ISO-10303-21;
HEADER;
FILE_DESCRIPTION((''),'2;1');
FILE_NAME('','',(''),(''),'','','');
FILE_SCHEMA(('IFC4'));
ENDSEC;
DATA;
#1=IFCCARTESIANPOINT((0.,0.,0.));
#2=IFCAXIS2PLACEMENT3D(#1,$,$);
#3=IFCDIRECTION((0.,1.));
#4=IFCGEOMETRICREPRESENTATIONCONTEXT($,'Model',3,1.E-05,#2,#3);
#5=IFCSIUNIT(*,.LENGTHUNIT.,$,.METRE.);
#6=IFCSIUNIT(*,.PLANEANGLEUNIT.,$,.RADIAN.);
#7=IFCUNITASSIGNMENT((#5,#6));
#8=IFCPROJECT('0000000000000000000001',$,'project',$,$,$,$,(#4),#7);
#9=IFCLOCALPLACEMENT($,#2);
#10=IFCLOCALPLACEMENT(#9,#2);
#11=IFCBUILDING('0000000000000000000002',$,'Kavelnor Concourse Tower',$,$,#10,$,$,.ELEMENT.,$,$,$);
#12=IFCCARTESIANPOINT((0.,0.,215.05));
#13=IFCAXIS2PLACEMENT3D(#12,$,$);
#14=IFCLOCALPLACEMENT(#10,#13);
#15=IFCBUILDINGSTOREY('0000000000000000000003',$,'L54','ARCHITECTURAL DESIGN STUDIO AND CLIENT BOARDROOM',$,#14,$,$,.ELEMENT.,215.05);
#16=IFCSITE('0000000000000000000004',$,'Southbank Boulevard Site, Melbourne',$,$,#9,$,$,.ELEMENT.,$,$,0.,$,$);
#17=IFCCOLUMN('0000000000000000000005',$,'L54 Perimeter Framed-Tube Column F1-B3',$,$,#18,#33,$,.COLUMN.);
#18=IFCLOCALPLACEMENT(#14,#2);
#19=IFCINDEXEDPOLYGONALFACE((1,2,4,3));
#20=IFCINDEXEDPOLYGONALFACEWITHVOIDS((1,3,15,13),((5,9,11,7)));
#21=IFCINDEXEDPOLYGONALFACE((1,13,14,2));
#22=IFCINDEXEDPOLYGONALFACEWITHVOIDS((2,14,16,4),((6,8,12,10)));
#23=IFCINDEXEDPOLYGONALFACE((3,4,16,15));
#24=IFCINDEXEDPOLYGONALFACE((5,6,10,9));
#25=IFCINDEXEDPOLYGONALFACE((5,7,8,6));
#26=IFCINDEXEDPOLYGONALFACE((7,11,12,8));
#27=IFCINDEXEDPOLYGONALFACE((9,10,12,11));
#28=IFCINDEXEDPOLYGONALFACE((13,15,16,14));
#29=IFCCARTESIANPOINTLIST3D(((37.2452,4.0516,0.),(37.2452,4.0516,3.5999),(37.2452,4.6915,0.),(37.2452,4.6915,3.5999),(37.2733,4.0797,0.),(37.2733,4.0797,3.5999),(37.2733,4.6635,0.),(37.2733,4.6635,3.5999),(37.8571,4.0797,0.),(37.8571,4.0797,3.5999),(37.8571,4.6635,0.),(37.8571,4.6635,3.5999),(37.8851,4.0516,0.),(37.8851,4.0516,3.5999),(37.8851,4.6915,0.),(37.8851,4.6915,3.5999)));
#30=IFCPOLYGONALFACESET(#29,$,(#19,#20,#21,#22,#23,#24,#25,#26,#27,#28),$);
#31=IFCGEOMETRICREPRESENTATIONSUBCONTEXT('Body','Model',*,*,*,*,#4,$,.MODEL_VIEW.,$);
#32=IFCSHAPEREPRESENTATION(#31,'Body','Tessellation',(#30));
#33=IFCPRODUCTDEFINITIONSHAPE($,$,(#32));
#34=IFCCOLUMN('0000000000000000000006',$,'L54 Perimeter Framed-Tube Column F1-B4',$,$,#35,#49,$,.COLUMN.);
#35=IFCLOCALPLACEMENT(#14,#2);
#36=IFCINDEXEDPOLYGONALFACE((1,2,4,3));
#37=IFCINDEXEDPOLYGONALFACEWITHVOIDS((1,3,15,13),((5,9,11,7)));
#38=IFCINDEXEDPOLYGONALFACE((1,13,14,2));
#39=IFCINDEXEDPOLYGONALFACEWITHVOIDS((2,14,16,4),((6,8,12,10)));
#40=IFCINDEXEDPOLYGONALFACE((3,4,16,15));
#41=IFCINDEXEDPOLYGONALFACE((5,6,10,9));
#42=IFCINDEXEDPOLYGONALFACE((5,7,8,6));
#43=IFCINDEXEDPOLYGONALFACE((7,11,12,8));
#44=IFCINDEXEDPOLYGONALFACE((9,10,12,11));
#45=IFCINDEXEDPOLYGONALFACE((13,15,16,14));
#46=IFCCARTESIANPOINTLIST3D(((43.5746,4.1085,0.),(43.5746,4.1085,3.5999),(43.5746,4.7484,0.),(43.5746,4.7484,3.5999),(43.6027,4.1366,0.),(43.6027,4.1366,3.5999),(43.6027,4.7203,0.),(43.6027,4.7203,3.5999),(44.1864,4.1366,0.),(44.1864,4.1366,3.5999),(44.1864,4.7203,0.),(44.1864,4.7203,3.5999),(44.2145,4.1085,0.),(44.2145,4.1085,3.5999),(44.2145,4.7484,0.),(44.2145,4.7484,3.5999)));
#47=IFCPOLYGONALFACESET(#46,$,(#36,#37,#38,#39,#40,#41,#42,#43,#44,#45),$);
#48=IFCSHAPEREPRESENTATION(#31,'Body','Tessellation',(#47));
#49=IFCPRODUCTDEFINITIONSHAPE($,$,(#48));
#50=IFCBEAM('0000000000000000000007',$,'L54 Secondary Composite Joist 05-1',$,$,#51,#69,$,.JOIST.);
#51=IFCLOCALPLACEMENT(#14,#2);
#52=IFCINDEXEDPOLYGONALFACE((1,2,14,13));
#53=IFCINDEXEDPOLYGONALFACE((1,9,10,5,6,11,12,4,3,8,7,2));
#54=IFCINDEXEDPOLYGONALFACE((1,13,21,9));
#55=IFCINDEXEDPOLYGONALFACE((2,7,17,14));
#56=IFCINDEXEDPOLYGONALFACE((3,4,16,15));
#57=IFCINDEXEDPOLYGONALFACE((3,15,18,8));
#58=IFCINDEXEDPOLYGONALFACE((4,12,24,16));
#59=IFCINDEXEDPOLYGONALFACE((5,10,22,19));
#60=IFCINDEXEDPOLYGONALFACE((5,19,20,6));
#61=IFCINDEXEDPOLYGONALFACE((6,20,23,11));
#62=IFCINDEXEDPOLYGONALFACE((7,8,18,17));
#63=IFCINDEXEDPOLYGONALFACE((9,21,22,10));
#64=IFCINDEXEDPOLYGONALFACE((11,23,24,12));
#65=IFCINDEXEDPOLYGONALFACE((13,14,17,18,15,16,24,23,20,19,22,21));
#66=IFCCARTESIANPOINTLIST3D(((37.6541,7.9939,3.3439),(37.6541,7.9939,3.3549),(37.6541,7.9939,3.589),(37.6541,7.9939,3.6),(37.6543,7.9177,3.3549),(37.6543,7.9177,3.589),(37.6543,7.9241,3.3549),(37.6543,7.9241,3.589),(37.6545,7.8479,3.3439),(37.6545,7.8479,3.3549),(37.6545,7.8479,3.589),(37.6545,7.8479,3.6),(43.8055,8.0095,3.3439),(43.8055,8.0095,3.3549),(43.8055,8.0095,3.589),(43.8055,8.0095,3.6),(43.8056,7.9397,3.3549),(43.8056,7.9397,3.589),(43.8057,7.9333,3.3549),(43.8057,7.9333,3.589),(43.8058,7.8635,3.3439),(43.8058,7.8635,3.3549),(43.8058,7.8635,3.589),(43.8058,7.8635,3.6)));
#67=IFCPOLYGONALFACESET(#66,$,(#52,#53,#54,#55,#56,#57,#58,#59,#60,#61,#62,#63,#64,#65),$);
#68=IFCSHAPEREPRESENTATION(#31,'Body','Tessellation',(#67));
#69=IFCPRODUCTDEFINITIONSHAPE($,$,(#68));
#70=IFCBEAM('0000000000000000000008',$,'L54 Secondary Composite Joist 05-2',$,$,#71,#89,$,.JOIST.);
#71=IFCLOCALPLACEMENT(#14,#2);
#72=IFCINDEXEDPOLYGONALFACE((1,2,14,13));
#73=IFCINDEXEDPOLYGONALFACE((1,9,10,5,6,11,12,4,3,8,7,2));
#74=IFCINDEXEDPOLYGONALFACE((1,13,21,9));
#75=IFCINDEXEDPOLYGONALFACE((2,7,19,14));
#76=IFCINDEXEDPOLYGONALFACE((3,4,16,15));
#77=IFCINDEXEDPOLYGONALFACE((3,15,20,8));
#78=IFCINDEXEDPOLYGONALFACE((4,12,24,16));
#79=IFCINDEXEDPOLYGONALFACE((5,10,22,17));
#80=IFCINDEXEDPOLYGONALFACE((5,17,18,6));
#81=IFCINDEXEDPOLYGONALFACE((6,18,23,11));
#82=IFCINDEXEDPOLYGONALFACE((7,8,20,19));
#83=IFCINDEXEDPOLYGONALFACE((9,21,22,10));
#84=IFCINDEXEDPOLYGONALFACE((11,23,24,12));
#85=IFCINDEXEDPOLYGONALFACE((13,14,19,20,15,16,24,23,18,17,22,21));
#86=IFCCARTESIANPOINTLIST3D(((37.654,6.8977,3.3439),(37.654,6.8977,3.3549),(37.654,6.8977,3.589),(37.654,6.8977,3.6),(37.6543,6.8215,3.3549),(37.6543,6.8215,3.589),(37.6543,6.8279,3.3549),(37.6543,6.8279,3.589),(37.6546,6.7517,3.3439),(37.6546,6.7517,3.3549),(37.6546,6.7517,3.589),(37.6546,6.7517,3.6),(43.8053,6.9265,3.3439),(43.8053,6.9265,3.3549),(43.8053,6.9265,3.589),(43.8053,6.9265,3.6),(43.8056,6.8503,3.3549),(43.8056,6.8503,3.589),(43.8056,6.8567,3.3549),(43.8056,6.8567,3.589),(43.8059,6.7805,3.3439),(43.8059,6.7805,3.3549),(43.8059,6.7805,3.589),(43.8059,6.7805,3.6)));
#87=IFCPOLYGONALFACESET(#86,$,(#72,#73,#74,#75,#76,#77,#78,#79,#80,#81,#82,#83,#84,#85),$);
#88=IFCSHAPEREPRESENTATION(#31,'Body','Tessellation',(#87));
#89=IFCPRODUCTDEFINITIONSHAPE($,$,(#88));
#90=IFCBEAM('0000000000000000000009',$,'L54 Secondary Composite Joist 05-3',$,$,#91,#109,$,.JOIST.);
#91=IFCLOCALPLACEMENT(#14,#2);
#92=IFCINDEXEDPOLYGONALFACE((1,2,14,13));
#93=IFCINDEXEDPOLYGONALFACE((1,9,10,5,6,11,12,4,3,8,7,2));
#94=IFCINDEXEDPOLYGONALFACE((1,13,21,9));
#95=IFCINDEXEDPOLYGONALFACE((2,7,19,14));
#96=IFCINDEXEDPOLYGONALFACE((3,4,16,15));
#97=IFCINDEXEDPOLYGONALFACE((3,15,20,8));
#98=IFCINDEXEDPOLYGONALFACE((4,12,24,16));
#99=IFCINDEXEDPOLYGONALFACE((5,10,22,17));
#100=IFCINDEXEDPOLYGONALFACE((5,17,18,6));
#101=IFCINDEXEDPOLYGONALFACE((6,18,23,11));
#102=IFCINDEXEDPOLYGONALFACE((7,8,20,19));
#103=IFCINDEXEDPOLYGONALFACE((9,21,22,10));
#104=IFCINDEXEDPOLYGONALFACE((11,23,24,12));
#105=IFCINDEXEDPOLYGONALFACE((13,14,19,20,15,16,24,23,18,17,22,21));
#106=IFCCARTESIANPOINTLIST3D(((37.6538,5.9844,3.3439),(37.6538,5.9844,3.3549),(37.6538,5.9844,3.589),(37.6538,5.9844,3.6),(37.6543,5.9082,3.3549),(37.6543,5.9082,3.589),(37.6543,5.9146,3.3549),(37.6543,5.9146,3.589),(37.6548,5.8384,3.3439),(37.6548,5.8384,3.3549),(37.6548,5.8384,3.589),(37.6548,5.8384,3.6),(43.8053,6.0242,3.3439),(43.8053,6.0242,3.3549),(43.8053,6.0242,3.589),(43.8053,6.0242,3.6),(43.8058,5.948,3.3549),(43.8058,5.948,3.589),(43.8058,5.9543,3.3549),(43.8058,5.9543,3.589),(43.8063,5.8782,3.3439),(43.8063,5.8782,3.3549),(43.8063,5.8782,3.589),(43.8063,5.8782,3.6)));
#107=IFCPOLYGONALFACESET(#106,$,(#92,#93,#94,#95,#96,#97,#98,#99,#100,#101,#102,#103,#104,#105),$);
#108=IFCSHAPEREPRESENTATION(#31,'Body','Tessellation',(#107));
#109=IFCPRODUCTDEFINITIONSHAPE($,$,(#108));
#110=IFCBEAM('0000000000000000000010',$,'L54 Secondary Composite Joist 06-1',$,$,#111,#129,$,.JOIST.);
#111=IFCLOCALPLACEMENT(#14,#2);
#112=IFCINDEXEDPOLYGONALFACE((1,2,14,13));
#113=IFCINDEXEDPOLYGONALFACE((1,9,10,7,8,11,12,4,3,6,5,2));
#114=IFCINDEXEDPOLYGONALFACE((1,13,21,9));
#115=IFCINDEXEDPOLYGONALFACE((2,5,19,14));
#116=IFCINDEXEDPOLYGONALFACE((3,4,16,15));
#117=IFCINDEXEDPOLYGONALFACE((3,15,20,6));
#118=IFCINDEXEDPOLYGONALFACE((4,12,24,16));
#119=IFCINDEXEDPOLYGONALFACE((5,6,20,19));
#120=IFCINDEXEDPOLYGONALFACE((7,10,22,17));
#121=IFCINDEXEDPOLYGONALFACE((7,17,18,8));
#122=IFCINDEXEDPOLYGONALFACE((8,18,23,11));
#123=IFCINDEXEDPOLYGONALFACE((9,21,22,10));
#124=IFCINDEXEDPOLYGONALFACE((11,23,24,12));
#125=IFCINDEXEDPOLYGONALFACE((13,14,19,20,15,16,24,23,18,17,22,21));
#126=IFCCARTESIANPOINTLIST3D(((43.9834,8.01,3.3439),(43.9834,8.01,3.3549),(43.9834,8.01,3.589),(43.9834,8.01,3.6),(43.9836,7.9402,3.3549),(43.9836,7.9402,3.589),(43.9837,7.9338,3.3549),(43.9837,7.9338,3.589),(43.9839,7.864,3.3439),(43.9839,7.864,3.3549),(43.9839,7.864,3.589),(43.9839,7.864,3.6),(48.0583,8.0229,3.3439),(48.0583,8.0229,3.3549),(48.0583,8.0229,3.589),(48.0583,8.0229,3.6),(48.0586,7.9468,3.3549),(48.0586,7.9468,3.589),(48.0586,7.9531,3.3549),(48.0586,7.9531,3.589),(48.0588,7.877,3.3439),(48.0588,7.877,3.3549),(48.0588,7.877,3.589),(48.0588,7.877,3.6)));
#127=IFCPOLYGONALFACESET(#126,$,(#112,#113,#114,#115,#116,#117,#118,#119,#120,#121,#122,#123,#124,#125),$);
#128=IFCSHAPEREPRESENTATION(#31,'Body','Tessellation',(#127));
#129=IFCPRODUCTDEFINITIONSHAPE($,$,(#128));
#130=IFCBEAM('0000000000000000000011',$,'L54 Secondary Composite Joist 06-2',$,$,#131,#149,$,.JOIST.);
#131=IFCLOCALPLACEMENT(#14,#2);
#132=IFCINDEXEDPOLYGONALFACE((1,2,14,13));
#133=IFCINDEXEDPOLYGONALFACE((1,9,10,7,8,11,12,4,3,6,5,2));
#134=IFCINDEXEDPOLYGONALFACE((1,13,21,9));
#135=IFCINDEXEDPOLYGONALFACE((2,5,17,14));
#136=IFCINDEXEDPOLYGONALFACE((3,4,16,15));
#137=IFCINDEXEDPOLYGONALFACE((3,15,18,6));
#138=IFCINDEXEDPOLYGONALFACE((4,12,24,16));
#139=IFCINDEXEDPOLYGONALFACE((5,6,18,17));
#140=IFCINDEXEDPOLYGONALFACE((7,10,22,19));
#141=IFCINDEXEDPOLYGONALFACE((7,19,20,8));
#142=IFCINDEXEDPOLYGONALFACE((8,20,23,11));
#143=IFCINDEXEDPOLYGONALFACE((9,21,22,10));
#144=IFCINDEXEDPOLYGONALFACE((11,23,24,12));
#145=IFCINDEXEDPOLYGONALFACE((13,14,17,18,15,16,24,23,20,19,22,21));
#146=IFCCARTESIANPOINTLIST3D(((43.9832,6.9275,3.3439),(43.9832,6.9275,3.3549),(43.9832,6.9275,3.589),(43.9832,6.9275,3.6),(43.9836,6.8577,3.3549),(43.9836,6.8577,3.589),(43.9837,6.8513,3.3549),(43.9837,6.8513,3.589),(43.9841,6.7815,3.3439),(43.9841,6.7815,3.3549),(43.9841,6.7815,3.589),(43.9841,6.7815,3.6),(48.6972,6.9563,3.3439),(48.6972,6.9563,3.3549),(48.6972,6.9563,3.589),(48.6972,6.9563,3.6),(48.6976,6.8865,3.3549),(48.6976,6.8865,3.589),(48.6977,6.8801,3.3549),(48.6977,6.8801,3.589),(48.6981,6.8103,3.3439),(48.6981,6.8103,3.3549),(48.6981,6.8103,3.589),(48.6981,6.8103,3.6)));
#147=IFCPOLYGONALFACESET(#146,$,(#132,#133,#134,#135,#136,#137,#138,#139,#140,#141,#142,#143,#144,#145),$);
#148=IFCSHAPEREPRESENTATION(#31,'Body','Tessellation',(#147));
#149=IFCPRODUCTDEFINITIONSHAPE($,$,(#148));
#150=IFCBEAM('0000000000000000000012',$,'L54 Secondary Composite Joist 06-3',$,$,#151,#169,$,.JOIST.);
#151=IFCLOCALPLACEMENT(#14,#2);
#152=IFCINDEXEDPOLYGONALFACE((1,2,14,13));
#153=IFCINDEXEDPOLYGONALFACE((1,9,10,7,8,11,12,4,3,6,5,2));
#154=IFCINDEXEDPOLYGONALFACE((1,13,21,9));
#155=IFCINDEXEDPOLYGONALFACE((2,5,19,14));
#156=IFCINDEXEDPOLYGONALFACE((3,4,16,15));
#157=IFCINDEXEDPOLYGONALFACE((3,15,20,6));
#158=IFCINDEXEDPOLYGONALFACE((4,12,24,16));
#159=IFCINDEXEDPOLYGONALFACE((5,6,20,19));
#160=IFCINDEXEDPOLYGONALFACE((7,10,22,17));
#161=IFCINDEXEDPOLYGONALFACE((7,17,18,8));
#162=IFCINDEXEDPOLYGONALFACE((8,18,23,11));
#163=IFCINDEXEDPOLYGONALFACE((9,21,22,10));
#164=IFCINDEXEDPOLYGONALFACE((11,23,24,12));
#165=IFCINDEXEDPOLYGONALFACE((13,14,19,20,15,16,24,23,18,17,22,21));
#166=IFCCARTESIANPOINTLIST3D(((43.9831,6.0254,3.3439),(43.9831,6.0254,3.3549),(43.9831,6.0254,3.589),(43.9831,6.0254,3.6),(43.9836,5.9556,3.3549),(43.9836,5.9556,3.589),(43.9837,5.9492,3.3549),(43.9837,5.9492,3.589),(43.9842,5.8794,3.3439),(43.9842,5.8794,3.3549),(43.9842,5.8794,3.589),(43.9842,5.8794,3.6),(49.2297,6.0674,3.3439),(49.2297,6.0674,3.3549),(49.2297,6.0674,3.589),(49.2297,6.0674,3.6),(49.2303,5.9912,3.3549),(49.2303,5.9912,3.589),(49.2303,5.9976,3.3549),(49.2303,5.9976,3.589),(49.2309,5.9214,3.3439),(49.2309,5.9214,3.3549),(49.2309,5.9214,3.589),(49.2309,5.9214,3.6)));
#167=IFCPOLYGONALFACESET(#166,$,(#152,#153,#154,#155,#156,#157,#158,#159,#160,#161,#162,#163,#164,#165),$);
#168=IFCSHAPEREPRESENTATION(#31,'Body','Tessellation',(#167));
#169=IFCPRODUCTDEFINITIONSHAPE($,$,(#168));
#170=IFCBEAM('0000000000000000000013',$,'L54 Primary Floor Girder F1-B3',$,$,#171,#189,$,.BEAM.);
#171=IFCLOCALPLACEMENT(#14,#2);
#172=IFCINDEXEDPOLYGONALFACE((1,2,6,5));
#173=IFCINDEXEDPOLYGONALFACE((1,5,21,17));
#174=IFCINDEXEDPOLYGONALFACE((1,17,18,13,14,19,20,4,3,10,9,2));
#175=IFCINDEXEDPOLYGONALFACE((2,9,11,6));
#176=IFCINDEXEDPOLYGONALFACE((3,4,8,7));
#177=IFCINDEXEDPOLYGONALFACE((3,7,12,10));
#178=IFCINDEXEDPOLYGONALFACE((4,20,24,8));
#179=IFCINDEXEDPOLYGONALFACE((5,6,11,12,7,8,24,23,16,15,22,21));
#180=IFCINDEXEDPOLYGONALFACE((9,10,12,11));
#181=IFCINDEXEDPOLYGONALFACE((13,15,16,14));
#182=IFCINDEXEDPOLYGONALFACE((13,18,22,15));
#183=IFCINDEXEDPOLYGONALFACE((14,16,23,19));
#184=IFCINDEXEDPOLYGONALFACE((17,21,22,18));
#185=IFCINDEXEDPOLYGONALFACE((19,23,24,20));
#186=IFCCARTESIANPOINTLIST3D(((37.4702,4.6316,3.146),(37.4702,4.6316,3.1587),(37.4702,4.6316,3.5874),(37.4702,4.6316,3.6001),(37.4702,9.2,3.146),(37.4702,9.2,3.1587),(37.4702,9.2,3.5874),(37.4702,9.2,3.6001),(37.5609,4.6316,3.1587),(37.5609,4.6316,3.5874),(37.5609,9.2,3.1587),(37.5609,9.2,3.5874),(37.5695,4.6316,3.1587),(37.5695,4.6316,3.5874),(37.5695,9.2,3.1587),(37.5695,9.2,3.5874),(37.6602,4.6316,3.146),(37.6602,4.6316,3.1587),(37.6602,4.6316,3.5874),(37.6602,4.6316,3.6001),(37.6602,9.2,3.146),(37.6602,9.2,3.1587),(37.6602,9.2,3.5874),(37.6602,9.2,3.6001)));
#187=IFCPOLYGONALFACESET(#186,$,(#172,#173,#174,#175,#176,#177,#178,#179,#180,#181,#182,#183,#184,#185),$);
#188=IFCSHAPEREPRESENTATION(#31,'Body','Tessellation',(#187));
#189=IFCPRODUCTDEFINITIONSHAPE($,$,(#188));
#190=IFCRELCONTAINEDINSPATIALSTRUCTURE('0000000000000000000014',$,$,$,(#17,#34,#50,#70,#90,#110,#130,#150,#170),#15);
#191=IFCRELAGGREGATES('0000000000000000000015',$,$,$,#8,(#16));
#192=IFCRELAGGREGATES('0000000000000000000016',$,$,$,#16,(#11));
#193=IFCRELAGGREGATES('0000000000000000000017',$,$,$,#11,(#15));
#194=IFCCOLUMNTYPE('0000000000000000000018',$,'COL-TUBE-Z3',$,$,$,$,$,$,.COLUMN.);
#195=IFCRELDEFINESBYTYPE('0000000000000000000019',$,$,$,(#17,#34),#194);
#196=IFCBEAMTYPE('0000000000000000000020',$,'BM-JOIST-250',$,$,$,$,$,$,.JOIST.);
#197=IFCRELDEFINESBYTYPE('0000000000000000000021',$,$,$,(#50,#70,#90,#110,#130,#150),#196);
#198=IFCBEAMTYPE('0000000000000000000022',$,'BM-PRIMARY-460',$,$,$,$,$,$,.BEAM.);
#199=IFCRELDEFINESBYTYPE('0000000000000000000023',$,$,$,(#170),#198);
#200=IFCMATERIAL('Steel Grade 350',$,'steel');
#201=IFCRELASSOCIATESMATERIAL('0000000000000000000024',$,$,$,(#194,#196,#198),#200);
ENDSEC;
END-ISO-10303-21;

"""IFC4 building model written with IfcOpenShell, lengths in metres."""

from ifc_helpers import new_model, si_unit, direction, frame, origin, origin_2d, place, context, subcontext, project, spatial, hollow_rectangle, i_section, extrude, material, material_profile, profile_set, type_object, element, save


model = new_model("IFC4")

# Units and contexts
model_context = context("Model", 3, precision=1e-05, world=origin(), true_north=direction((0.0, 1.0)))
body_context = subcontext(model_context, "Body", "Model", "MODEL_VIEW")
ifc_project = project(units=[si_unit("LENGTHUNIT", "METRE"), si_unit("PLANEANGLEUNIT", "RADIAN")], contexts=[model_context])

# Site, building, storey
site_placement = place(None, origin())
site = spatial("IfcSite", under=ifc_project, at=site_placement, Name="Southbank Boulevard Site, Melbourne", CompositionType="ELEMENT", RefElevation=0.0)
building_placement = place(site_placement, origin())
building = spatial("IfcBuilding", under=site, at=building_placement, Name="Kavelnor Concourse Tower", CompositionType="ELEMENT")
storey_placement = place(building_placement, frame((0.0, 0.0, 215.05)))
storey = spatial("IfcBuildingStorey", under=building, at=storey_placement, Name="L54", Description="ARCHITECTURAL DESIGN STUDIO AND CLIENT BOARDROOM", CompositionType="ELEMENT", Elevation=215.05)

# Columns
ifc_material_1 = material(Name="Steel Grade 350", Category="steel")
ifc_material_profile_1 = material_profile(ifc_material_1, hollow_rectangle(XDim=0.6399, YDim=0.6399, WallThickness=0.0281, at=origin_2d()), Name="SHS 640x640x28")
ifc_profile_set_1 = profile_set([ifc_material_profile_1], Name="Steel Grade 350")
column_type = type_object("IfcColumnType", Name="COL-TUBE-Z3", PredefinedType="COLUMN", material=ifc_profile_set_1)
for number, where, z_axis, x_axis, name in (
    (1, (37.5652, 4.3716, 0.0), (0.0, 0.0, 1.0), (1.0, 0.0, 0.0), "L54 Perimeter Framed-Tube Column F1-B3"),
    (2, (43.8945, 4.4285, 0.0), (0.0, 0.0, 1.0), (1.0, 0.0, 0.0), "L54 Perimeter Framed-Tube Column F1-B4"),
):
    element("IfcColumn", number, at=place(storey_placement, frame(where, z_axis=z_axis, x_axis=x_axis)), inside=storey, type_object=column_type, Name=name, PredefinedType="COLUMN", context=body_context, shape_type="SweptSolid", body=[
        extrude(hollow_rectangle(XDim=0.6399, YDim=0.6399, WallThickness=0.0281, at=origin_2d()), origin(), (0.0, 0.0, 1.0), 3.5999),
    ])

# Beams
ifc_material_profile_2 = material_profile(ifc_material_1, i_section(OverallWidth=0.146, OverallDepth=0.2561, WebThickness=0.0063, FlangeThickness=0.011, at=origin_2d()), Name="250UB37")
ifc_profile_set_2 = profile_set([ifc_material_profile_2], Name="Steel Grade 350")
beam_type_1 = type_object("IfcBeamType", Name="BM-JOIST-250", PredefinedType="JOIST", material=ifc_profile_set_2)
for number, where, z_axis, x_axis, name in (
    (3, (37.6543, 7.9209, 3.4719), (0.999997, 0.00254, 0.0), (-0.00254, 0.999997, 0.0), "L54 Secondary Composite Joist 05-1"),
    (4, (37.6543, 6.8247, 3.4719), (0.999989, 0.004683, 0.0), (-0.004683, 0.999989, 0.0), "L54 Secondary Composite Joist 05-2"),
):
    element("IfcBeam", number, at=place(storey_placement, frame(where, z_axis=z_axis, x_axis=x_axis)), inside=storey, type_object=beam_type_1, Name=name, PredefinedType="JOIST", context=body_context, shape_type="SweptSolid", body=[
        extrude(i_section(OverallWidth=0.146, OverallDepth=0.2561, WebThickness=0.0063, FlangeThickness=0.011, at=origin_2d()), origin(), (0.0, 0.0, 1.0), 6.1514),
    ])
beam_1_placement = place(storey_placement, frame((37.6543, 5.9114, 3.4719), z_axis=(0.999979, 0.006469, 0.0), x_axis=(-0.006469, 0.999979, 0.0)))
element("IfcBeam", 5, at=beam_1_placement, inside=storey, type_object=beam_type_1, Name="L54 Secondary Composite Joist 05-3", PredefinedType="JOIST", context=body_context, shape_type="SweptSolid", body=[
    extrude(i_section(OverallWidth=0.146, OverallDepth=0.2561, WebThickness=0.0063, FlangeThickness=0.011, at=origin_2d()), origin(), (0.0, 0.0, 1.0), 6.1516),
])
beam_2_placement = place(storey_placement, frame((43.9836, 7.937, 3.4719), z_axis=(0.999995, 0.003175, 0.0), x_axis=(-0.003175, 0.999995, 0.0)))
element("IfcBeam", 6, at=beam_2_placement, inside=storey, type_object=beam_type_1, Name="L54 Secondary Composite Joist 06-1", PredefinedType="JOIST", context=body_context, shape_type="SweptSolid", body=[
    extrude(i_section(OverallWidth=0.146, OverallDepth=0.2561, WebThickness=0.0063, FlangeThickness=0.011, at=origin_2d()), origin(), (0.0, 0.0, 1.0), 4.075),
])
beam_3_placement = place(storey_placement, frame((43.9836, 6.8545, 3.4719), z_axis=(0.999981, 0.006111, 0.0), x_axis=(-0.006111, 0.999981, 0.0)))
element("IfcBeam", 7, at=beam_3_placement, inside=storey, type_object=beam_type_1, Name="L54 Secondary Composite Joist 06-2", PredefinedType="JOIST", context=body_context, shape_type="SweptSolid", body=[
    extrude(i_section(OverallWidth=0.146, OverallDepth=0.2561, WebThickness=0.0063, FlangeThickness=0.011, at=origin_2d()), origin(), (0.0, 0.0, 1.0), 4.7141),
])
beam_4_placement = place(storey_placement, frame((43.9836, 5.9524, 3.4719), z_axis=(0.999968, 0.008003, 0.0), x_axis=(-0.008003, 0.999968, 0.0)))
element("IfcBeam", 8, at=beam_4_placement, inside=storey, type_object=beam_type_1, Name="L54 Secondary Composite Joist 06-3", PredefinedType="JOIST", context=body_context, shape_type="SweptSolid", body=[
    extrude(i_section(OverallWidth=0.146, OverallDepth=0.2561, WebThickness=0.0063, FlangeThickness=0.011, at=origin_2d()), origin(), (0.0, 0.0, 1.0), 5.2468),
])
ifc_material_profile_3 = material_profile(ifc_material_1, i_section(OverallWidth=0.1899, OverallDepth=0.4541, WebThickness=0.0085, FlangeThickness=0.0127, at=origin_2d()), Name="460UB67")
ifc_profile_set_3 = profile_set([ifc_material_profile_3], Name="Steel Grade 350")
beam_type_2 = type_object("IfcBeamType", Name="BM-PRIMARY-460", PredefinedType="BEAM", material=ifc_profile_set_3)
beam_5_placement = place(storey_placement, frame((37.5652, 9.2, 3.373), z_axis=(0.0, -1.0, 0.0), x_axis=(1.0, 0.0, 0.0)))
element("IfcBeam", 9, at=beam_5_placement, inside=storey, type_object=beam_type_2, Name="L54 Primary Floor Girder F1-B3", PredefinedType="BEAM", context=body_context, shape_type="SweptSolid", body=[
    extrude(i_section(OverallWidth=0.1899, OverallDepth=0.4541, WebThickness=0.0085, FlangeThickness=0.0127, at=origin_2d()), origin(), (0.0, 0.0, 1.0), 4.5684),
])

save(model, "model.ifc")
